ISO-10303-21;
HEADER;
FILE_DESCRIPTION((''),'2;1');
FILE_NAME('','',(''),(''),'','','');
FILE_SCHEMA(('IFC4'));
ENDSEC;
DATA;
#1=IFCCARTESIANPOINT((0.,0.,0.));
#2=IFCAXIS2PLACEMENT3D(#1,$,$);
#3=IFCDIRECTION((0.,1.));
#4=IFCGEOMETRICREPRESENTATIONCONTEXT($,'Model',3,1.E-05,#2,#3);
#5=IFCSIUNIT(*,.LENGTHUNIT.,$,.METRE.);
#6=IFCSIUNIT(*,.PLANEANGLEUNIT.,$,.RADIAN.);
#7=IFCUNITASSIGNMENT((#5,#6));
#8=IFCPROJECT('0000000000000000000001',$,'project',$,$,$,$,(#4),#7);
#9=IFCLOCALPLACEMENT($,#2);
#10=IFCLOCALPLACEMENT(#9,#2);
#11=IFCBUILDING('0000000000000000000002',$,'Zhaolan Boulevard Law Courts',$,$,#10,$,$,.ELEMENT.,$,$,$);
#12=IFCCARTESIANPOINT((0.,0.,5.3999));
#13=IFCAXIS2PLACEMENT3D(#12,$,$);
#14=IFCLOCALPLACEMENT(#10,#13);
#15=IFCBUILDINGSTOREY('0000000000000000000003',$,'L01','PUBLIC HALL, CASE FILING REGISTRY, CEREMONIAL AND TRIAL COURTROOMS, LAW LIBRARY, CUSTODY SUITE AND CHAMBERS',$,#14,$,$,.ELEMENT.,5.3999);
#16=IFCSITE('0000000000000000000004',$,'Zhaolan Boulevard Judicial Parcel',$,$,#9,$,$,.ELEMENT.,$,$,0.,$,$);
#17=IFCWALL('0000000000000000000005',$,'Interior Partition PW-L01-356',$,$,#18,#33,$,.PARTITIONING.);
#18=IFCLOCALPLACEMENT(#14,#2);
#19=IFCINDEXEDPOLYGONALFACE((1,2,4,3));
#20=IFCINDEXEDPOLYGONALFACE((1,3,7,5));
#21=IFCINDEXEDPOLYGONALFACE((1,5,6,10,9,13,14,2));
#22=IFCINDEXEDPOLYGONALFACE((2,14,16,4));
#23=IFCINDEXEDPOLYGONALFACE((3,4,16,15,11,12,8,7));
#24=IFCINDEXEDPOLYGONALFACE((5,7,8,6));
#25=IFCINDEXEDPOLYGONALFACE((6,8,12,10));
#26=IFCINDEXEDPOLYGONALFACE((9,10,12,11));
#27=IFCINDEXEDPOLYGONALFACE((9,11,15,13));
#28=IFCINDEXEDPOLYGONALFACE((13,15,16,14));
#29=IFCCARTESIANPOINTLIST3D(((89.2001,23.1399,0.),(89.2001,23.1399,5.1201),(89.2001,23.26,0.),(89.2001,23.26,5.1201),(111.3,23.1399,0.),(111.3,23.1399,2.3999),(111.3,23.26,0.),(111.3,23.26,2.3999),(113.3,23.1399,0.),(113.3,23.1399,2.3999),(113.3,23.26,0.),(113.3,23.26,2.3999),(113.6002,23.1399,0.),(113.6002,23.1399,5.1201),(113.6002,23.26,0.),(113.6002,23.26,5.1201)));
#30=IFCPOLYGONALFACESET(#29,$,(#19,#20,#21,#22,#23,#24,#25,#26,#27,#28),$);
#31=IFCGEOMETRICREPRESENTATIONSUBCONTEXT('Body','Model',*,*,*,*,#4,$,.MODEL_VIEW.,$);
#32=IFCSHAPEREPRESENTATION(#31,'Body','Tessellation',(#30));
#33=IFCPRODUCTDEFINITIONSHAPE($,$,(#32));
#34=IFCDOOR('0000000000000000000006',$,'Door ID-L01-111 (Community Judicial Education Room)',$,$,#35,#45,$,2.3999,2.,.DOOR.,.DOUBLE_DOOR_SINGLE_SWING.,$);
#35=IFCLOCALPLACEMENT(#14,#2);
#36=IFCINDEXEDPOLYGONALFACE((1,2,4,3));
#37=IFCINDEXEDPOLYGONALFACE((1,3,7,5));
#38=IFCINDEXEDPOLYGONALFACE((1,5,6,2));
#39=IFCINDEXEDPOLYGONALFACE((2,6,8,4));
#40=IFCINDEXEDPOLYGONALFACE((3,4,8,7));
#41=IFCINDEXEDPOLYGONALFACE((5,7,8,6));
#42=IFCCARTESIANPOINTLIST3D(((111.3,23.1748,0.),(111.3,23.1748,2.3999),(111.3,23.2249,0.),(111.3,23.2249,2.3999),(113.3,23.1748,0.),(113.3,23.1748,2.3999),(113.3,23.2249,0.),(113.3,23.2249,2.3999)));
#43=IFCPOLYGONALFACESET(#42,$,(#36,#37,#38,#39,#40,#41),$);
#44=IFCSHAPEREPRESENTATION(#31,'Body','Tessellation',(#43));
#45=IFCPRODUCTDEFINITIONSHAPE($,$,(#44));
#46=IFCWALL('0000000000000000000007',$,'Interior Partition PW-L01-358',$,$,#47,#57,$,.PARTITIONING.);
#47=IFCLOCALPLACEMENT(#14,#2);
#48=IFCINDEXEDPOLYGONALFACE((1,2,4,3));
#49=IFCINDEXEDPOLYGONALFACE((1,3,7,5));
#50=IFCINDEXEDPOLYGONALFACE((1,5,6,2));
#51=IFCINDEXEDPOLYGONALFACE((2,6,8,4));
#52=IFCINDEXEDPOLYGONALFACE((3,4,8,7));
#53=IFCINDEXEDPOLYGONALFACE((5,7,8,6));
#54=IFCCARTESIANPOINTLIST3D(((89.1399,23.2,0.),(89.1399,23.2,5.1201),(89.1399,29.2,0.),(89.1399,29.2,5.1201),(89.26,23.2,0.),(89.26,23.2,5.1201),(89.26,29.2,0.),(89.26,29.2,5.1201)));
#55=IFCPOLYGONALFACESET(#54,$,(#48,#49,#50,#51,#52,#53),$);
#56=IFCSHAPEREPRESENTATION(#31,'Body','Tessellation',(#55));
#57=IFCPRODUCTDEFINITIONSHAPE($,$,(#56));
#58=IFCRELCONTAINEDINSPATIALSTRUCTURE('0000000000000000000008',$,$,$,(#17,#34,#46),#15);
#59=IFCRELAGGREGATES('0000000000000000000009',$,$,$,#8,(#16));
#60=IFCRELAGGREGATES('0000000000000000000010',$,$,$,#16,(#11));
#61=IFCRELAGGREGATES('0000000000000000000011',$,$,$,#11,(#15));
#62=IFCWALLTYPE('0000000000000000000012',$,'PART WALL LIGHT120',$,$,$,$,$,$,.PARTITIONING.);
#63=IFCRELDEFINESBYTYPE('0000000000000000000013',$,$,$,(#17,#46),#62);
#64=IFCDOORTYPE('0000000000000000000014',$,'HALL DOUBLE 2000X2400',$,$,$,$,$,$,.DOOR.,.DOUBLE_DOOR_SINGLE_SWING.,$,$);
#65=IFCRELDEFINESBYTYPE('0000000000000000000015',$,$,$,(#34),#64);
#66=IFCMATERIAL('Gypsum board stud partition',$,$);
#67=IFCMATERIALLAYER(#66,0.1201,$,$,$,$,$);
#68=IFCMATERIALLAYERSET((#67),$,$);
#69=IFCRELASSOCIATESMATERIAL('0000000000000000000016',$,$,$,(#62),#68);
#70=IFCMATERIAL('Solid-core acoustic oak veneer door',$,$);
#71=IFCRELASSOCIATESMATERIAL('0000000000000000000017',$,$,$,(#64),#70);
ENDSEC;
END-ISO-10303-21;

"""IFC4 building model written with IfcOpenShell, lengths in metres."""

from ifc_helpers import new_model, si_unit, direction, frame, frame_2d, origin, place, context, subcontext, project, spatial, rectangle, extrude, material, layer, layer_set, type_object, element, fill, save


model = new_model("IFC4")

# Units and contexts
model_context = context("Model", 3, precision=1e-05, world=origin(), true_north=direction((0.0, 1.0)))
body_context = subcontext(model_context, "Body", "Model", "MODEL_VIEW")
ifc_project = project(units=[si_unit("LENGTHUNIT", "METRE"), si_unit("PLANEANGLEUNIT", "RADIAN")], contexts=[model_context])

# Site, building, storey
site_placement = place(None, origin())
site = spatial("IfcSite", under=ifc_project, at=site_placement, Name="Zhaolan Boulevard Judicial Parcel", CompositionType="ELEMENT", RefElevation=0.0)
building_placement = place(site_placement, origin())
building = spatial("IfcBuilding", under=site, at=building_placement, Name="Zhaolan Boulevard Law Courts", CompositionType="ELEMENT")
storey_placement = place(building_placement, frame((0.0, 0.0, 5.3999)))
storey = spatial("IfcBuildingStorey", under=building, at=storey_placement, Name="L01", Description="PUBLIC HALL, CASE FILING REGISTRY, CEREMONIAL AND TRIAL COURTROOMS, LAW LIBRARY, CUSTODY SUITE AND CHAMBERS", CompositionType="ELEMENT", Elevation=5.3999)

# Wall, opening, door
ifc_material_1 = material(Name="Gypsum board stud partition")
ifc_layer_1 = layer(ifc_material_1, 0.1201)
ifc_layer_set_1 = layer_set([ifc_layer_1])
wall_type = type_object("IfcWallType", Name="PART WALL LIGHT120", PredefinedType="PARTITIONING", material=ifc_layer_set_1)
wall_1_placement = place(storey_placement, frame((89.2, 23.2, 0.0), z_axis=(0.0, 0.0, 1.0), x_axis=(1.0, 0.0, 0.0)))
wall_1 = element("IfcWall", 1, at=wall_1_placement, inside=storey, type_object=wall_type, Name="Interior Partition PW-L01-356", PredefinedType="PARTITIONING", context=body_context, shape_type="SweptSolid", body=[
    extrude(rectangle(XDim=24.4001, YDim=0.1201, at=frame_2d((12.2002, 0.0))), origin(), (0.0, 0.0, 1.0), 5.1201),
])
opening_placement = place(wall_1_placement, frame((22.1001, 0.0, 0.0)))
opening = element("IfcOpeningElement", 2, at=opening_placement, cuts=wall_1, PredefinedType="OPENING", context=body_context, shape_type="SweptSolid", body=[
    extrude(rectangle(XDim=2.0, YDim=2.3999, at=frame_2d((1.0, 1.2))), frame((0.0, 0.0701, 0.0), z_axis=(0.0, -1.0, 0.0), x_axis=(1.0, 0.0, 0.0)), (0.0, 0.0, 1.0), 0.1401),
])
ifc_material_2 = material(Name="Solid-core acoustic oak veneer door")
door_type = type_object("IfcDoorType", Name="HALL DOUBLE 2000X2400", OperationType="DOUBLE_DOOR_SINGLE_SWING", PredefinedType="DOOR", material=ifc_material_2)
door_placement = place(opening_placement, origin())
door = element("IfcDoor", 3, at=door_placement, inside=storey, type_object=door_type, Name="Door ID-L01-111 (Community Judicial Education Room)", OperationType="DOUBLE_DOOR_SINGLE_SWING", OverallHeight=2.3999, OverallWidth=2.0, PredefinedType="DOOR", context=body_context, shape_type="SweptSolid", body=[
    extrude(rectangle(XDim=2.0, YDim=2.3999, at=frame_2d((1.0, 1.2))), frame((0.0, 0.0249, 0.0), z_axis=(0.0, -1.0, 0.0), x_axis=(1.0, 0.0, 0.0)), (0.0, 0.0, 1.0), 0.05),
])
fill(opening, door)

# Wall
wall_2_placement = place(storey_placement, frame((89.2, 29.2, 0.0), z_axis=(0.0, 0.0, 1.0), x_axis=(0.0, -1.0, 0.0)))
element("IfcWall", 4, at=wall_2_placement, inside=storey, type_object=wall_type, Name="Interior Partition PW-L01-358", PredefinedType="PARTITIONING", context=body_context, shape_type="SweptSolid", body=[
    extrude(rectangle(XDim=6.0, YDim=0.1201, at=frame_2d((3.0, 0.0))), origin(), (0.0, 0.0, 1.0), 5.1201),
])

save(model, "model.ifc")
